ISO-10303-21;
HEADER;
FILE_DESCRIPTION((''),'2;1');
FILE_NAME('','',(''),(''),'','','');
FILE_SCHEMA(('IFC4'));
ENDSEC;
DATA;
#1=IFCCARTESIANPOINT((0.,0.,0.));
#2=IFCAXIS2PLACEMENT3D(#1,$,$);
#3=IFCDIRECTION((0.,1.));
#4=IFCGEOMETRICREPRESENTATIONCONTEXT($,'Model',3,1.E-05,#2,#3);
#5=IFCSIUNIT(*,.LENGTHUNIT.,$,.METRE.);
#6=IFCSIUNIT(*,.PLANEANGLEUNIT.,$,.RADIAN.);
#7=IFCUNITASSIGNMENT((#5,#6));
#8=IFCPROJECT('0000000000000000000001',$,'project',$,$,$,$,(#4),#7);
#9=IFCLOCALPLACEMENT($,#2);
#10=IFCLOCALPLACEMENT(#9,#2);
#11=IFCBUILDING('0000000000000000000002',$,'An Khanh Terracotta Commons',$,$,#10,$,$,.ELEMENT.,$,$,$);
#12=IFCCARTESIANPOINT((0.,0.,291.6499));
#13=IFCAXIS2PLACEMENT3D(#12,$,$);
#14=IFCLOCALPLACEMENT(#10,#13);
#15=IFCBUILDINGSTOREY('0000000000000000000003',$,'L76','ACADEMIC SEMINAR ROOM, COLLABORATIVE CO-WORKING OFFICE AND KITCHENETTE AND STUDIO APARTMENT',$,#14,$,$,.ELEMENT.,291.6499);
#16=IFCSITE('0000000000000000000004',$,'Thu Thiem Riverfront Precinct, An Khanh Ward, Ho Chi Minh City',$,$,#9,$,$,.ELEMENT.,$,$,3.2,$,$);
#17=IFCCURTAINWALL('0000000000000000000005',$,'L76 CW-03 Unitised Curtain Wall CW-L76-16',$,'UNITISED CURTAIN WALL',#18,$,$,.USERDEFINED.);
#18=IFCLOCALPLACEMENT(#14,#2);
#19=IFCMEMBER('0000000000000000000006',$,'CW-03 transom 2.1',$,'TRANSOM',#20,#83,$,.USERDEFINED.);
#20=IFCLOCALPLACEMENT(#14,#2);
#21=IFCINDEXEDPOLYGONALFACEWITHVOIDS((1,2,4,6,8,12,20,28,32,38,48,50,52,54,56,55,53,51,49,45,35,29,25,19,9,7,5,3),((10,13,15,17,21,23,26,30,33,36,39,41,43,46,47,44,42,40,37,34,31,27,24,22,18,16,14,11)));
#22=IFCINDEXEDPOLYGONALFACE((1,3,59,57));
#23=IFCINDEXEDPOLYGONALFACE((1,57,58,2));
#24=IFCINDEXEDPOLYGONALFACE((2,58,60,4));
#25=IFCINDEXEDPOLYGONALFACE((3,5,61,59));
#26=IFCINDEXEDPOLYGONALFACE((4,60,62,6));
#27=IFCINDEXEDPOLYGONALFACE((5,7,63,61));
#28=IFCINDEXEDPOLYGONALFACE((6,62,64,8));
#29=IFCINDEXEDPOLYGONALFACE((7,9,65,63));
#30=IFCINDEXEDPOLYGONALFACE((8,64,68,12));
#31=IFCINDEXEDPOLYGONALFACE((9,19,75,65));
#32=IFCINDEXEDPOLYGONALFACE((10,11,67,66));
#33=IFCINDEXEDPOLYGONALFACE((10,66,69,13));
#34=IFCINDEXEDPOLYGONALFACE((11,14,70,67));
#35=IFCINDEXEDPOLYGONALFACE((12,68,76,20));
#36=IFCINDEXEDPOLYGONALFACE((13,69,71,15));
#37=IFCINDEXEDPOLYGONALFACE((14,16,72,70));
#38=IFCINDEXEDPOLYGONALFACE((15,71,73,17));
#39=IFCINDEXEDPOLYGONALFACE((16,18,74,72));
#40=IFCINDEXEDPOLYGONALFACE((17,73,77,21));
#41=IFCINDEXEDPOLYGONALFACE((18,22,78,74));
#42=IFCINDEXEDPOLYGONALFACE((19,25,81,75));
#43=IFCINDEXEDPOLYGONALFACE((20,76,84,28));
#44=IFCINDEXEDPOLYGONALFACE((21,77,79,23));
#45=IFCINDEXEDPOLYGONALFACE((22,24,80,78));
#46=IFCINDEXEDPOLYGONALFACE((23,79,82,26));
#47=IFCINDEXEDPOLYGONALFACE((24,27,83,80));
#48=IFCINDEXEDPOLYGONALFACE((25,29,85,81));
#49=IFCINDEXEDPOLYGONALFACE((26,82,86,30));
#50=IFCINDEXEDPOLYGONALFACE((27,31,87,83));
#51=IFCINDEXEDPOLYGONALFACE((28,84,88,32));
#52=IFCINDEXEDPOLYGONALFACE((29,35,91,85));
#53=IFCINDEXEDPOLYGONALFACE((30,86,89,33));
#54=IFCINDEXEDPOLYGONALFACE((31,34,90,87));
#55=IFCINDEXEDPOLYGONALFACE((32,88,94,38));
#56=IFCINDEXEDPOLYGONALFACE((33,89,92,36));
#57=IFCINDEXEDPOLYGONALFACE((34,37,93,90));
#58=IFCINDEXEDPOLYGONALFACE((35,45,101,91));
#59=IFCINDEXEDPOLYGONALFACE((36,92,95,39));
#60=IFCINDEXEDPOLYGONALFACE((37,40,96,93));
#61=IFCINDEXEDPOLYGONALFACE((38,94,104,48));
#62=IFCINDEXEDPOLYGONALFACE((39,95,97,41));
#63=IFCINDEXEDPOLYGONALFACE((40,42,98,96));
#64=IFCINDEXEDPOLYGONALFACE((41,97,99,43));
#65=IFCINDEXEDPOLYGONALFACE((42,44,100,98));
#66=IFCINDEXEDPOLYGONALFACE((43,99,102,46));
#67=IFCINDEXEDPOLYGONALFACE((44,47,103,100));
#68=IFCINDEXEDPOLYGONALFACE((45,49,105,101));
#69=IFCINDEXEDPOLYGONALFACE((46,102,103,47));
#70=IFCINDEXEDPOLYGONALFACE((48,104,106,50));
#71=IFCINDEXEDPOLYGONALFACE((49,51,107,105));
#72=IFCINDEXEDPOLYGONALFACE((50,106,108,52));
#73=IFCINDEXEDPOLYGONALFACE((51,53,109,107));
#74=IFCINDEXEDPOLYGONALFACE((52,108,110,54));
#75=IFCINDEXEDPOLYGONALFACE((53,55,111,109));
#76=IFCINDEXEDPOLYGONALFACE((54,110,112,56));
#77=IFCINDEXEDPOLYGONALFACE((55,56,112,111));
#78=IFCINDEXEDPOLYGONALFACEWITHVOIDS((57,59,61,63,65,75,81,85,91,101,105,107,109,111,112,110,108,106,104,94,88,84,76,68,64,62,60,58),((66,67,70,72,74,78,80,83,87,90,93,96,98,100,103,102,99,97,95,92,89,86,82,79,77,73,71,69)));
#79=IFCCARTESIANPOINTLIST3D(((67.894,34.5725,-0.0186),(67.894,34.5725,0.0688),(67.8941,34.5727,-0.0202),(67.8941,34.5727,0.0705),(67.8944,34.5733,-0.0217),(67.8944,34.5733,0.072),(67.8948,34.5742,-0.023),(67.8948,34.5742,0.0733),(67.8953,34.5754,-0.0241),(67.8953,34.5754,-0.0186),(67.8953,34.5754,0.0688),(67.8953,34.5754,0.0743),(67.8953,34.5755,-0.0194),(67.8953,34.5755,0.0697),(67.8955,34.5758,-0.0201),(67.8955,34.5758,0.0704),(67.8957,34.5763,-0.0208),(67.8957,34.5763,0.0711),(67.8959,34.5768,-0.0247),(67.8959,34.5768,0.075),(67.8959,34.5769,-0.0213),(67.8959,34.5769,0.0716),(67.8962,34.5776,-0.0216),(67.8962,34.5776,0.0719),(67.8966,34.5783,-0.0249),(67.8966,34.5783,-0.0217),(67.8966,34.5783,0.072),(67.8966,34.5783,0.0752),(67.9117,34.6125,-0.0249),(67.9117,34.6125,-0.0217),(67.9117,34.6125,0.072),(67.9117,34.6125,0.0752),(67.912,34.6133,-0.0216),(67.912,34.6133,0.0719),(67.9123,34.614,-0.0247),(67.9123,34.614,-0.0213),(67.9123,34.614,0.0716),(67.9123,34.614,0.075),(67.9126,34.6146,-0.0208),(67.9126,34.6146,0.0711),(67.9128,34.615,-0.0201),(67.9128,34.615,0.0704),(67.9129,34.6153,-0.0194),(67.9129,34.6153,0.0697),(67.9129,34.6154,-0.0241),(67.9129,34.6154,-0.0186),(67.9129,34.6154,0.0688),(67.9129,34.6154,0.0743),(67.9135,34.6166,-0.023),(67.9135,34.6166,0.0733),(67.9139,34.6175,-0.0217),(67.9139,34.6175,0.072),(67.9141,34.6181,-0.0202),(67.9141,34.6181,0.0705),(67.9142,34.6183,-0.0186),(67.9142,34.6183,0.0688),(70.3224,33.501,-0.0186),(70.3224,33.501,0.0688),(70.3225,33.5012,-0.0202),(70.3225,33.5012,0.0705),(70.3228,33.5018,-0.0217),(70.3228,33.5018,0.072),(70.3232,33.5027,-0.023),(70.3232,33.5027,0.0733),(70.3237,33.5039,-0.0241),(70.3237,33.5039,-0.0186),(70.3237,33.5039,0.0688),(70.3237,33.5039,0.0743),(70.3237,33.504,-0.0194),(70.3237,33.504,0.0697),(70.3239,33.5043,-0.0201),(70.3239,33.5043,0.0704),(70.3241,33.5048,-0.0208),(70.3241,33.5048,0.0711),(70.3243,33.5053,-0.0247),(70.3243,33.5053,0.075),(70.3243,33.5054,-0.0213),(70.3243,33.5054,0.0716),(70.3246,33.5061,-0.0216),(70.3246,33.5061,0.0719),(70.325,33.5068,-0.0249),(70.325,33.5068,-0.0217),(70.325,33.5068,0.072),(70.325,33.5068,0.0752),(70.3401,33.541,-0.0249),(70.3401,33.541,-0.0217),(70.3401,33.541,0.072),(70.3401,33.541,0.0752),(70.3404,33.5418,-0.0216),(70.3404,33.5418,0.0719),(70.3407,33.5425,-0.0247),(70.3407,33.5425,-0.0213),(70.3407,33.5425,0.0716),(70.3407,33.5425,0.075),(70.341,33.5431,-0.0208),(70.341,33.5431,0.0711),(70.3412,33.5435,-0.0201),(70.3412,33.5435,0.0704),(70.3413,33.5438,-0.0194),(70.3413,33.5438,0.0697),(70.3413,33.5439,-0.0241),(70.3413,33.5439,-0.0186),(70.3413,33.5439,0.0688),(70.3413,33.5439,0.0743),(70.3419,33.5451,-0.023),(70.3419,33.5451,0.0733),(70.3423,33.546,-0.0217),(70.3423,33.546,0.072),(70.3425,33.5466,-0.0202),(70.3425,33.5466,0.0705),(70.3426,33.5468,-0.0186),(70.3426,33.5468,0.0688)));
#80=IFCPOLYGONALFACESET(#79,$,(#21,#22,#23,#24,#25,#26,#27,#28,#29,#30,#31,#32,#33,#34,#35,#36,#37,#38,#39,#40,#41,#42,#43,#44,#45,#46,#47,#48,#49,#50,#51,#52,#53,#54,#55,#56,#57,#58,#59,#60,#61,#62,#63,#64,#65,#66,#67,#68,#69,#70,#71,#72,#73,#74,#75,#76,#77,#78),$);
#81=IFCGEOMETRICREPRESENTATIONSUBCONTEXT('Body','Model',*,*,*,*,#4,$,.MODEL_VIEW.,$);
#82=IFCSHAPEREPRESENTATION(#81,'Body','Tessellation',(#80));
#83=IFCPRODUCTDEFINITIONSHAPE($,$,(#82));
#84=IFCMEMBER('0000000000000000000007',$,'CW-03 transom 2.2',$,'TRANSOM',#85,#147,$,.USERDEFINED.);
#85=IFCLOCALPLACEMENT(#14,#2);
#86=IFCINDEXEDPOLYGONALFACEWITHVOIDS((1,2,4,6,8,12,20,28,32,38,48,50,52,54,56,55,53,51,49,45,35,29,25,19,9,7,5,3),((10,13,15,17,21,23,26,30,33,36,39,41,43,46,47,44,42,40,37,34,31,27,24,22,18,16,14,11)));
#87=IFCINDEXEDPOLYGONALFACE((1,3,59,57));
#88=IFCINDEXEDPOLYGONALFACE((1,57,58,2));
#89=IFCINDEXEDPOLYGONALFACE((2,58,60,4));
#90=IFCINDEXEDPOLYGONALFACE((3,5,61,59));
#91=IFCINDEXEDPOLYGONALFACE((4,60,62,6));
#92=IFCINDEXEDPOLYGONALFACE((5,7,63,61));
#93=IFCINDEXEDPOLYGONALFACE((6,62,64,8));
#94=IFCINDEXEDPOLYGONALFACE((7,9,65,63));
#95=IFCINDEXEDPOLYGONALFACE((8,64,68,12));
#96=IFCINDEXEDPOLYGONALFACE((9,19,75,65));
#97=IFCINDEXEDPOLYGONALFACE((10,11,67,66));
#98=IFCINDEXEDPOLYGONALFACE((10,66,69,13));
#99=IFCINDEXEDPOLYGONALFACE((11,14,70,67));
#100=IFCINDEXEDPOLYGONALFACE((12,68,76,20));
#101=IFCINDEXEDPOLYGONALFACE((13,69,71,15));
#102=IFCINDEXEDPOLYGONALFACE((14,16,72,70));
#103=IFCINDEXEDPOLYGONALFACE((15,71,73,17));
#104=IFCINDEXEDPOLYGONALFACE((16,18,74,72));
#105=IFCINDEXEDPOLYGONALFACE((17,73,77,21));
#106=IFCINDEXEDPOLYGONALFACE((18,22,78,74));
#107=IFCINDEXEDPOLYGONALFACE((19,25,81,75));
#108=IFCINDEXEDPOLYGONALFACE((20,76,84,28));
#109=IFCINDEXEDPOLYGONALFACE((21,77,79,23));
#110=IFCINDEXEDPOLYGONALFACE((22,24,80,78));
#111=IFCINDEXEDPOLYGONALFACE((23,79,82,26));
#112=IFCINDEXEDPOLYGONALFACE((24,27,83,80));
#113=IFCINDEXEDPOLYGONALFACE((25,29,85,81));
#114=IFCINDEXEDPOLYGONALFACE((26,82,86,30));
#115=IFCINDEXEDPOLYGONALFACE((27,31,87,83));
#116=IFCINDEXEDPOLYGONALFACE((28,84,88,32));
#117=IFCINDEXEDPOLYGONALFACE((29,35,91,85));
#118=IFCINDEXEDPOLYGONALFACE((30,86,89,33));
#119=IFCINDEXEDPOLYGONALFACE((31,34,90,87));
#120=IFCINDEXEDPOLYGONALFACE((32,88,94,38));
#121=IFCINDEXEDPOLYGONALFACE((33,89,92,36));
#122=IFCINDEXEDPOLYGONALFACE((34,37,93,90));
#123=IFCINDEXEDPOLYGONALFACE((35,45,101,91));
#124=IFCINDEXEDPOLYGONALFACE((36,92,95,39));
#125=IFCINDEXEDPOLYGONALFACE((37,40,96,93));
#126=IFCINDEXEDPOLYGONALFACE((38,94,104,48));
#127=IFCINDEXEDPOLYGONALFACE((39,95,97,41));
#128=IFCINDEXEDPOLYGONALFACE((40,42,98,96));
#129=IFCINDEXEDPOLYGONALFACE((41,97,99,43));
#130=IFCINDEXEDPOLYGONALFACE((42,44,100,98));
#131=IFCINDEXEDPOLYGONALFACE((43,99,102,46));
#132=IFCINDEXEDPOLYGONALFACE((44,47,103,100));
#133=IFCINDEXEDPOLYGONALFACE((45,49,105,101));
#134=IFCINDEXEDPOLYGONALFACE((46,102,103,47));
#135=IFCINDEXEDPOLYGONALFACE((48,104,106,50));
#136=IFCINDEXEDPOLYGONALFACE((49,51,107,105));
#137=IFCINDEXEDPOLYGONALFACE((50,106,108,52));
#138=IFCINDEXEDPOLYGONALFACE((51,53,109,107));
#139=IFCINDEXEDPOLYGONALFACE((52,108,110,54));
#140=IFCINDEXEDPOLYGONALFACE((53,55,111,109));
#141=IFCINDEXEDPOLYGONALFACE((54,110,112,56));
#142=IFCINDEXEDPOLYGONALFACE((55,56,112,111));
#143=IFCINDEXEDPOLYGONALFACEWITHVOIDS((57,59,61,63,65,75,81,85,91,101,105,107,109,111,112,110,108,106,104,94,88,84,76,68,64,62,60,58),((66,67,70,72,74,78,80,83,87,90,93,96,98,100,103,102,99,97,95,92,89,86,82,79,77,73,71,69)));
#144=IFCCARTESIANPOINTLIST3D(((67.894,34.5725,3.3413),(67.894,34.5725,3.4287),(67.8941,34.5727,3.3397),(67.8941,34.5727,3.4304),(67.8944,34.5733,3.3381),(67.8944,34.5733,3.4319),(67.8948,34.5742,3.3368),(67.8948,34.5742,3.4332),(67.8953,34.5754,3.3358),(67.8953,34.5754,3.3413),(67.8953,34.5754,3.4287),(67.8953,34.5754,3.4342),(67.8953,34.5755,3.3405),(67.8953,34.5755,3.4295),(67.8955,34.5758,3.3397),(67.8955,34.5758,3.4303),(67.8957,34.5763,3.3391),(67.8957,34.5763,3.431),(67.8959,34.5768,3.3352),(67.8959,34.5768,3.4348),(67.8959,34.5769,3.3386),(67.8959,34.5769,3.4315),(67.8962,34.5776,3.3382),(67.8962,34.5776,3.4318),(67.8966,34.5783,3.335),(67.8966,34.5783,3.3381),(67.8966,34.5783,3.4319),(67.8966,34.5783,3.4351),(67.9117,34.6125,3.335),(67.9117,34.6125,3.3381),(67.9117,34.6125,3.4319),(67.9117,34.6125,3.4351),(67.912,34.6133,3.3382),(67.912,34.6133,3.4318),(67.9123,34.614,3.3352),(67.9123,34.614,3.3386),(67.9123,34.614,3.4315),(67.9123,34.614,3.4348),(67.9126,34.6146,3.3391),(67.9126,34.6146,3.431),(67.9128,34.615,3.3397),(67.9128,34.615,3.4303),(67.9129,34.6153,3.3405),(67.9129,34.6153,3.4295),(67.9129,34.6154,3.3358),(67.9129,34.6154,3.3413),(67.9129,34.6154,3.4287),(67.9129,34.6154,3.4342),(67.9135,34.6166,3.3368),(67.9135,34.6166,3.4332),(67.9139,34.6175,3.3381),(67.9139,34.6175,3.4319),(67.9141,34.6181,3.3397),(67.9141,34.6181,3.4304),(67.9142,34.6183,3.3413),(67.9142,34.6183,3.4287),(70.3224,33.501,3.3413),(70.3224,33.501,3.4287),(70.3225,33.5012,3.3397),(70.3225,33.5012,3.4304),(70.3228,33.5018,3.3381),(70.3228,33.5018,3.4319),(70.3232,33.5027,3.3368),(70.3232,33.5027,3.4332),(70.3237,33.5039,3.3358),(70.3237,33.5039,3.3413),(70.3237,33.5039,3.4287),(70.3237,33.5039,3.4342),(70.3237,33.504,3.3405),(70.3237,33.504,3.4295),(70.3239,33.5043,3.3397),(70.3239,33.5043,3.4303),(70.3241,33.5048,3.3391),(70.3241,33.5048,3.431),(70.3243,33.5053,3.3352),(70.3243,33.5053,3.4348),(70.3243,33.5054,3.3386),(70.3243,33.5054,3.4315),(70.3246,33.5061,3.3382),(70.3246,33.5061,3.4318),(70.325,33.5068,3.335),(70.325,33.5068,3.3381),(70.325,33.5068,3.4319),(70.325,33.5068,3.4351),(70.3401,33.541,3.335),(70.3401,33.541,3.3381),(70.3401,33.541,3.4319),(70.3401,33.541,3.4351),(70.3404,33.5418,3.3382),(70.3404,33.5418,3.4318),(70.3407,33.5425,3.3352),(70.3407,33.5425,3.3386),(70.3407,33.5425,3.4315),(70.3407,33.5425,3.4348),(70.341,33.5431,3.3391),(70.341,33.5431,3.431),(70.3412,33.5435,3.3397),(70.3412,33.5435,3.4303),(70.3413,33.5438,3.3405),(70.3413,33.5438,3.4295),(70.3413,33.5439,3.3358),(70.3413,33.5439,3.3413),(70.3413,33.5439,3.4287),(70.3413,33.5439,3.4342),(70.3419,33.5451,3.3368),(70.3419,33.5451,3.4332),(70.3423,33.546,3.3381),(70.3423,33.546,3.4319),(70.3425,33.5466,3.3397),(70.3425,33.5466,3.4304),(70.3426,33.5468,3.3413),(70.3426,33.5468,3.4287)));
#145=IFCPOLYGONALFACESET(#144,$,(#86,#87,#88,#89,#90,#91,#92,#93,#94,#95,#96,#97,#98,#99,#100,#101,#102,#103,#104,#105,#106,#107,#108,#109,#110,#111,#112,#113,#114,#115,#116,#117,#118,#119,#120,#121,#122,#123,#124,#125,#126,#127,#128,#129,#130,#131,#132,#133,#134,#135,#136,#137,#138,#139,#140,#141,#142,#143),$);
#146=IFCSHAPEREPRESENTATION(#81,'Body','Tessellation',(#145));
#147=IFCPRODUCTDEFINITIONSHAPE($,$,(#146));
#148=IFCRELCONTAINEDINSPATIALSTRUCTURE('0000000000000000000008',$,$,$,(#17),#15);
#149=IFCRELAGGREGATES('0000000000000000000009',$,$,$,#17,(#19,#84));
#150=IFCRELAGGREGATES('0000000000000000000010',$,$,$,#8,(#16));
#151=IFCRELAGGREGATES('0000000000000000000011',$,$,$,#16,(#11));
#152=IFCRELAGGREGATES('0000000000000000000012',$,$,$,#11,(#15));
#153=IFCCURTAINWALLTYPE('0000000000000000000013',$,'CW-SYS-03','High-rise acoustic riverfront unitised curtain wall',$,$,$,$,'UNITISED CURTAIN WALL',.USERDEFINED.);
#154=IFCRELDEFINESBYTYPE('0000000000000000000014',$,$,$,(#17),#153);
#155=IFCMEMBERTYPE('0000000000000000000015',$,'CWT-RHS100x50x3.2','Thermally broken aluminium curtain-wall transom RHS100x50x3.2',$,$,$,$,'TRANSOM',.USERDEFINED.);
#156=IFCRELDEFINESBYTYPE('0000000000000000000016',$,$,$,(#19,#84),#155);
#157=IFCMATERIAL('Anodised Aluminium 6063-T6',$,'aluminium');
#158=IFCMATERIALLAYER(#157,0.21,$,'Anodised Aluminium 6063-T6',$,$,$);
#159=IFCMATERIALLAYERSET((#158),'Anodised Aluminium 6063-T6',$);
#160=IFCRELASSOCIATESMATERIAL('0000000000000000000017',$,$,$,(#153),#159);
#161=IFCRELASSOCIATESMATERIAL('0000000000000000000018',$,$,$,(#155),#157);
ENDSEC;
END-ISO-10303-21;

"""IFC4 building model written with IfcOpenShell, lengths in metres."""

from ifc_helpers import new_model, si_unit, direction, frame, origin, origin_2d, place, context, subcontext, project, spatial, hollow_rectangle, extrude, material, layer, layer_set, material_profile, profile_set, type_object, element, aggregate, save


model = new_model("IFC4")

# Units and contexts
model_context = context("Model", 3, precision=1e-05, world=origin(), true_north=direction((0.0, 1.0)))
body_context = subcontext(model_context, "Body", "Model", "MODEL_VIEW")
ifc_project = project(units=[si_unit("LENGTHUNIT", "METRE"), si_unit("PLANEANGLEUNIT", "RADIAN")], contexts=[model_context])

# Site, building, storey
site_placement = place(None, origin())
site = spatial("IfcSite", under=ifc_project, at=site_placement, Name="Thu Thiem Riverfront Precinct, An Khanh Ward, Ho Chi Minh City", CompositionType="ELEMENT", RefElevation=3.2)
building_placement = place(site_placement, origin())
building = spatial("IfcBuilding", under=site, at=building_placement, Name="An Khanh Terracotta Commons", CompositionType="ELEMENT")
storey_placement = place(building_placement, frame((0.0, 0.0, 291.6499)))
storey = spatial("IfcBuildingStorey", under=building, at=storey_placement, Name="L76", Description="ACADEMIC SEMINAR ROOM, COLLABORATIVE CO-WORKING OFFICE AND KITCHENETTE AND STUDIO APARTMENT", CompositionType="ELEMENT", Elevation=291.6499)

# Shared definitions
ifc_material_1 = material(Name="Anodised Aluminium 6063-T6", Category="aluminium")
ifc_layer_1 = layer(ifc_material_1, 0.21, Name="Anodised Aluminium 6063-T6")
ifc_layer_set_1 = layer_set([ifc_layer_1], Name="Anodised Aluminium 6063-T6")
curtain_wall_type = type_object("IfcCurtainWallType", Name="CW-SYS-03", Description="High-rise acoustic riverfront unitised curtain wall", ElementType="UNITISED CURTAIN WALL", PredefinedType="USERDEFINED", material=ifc_layer_set_1)

# Curtain wall, members
curtain_wall_1_placement = place(storey_placement, origin())
curtain_wall_1 = element("IfcCurtainWall", 1, at=curtain_wall_1_placement, inside=storey, type_object=curtain_wall_type, Name="L76 CW-03 Unitised Curtain Wall CW-L76-16", ObjectType="UNITISED CURTAIN WALL", PredefinedType="USERDEFINED")
ifc_material_profile_1 = material_profile(ifc_material_1, hollow_rectangle(XDim=0.05, YDim=0.1001, WallThickness=0.0032, InnerFilletRadius=0.0032, OuterFilletRadius=0.0063, at=origin_2d()), Name="RHS100x50x3.2")
ifc_profile_set_1 = profile_set([ifc_material_profile_1], Name="Anodised Aluminium 6063-T6")
member_type_1 = type_object("IfcMemberType", Name="CWT-RHS100x50x3.2", Description="Thermally broken aluminium curtain-wall transom RHS100x50x3.2", ElementType="TRANSOM", PredefinedType="USERDEFINED", material=ifc_profile_set_1)
member_1_placement = place(storey_placement, frame((70.3325, 33.5239, 0.0251), z_axis=(-0.914897, 0.403688, 0.0), x_axis=(-0.403688, -0.914897, 0.0)))
member_1 = element("IfcMember", 2, at=member_1_placement, type_object=member_type_1, Name="CW-03 transom 2.1", ObjectType="TRANSOM", PredefinedType="USERDEFINED", context=body_context, shape_type="SweptSolid", body=[
    extrude(hollow_rectangle(XDim=0.05, YDim=0.1001, WallThickness=0.0032, InnerFilletRadius=0.0032, OuterFilletRadius=0.0063, at=origin_2d()), origin(), (0.0, 0.0, 1.0), 2.6543),
])
member_2_placement = place(storey_placement, frame((70.3325, 33.5239, 3.385), z_axis=(-0.914897, 0.403688, 0.0), x_axis=(-0.403688, -0.914897, 0.0)))
member_2 = element("IfcMember", 3, at=member_2_placement, type_object=member_type_1, Name="CW-03 transom 2.2", ObjectType="TRANSOM", PredefinedType="USERDEFINED", context=body_context, shape_type="SweptSolid", body=[
    extrude(hollow_rectangle(XDim=0.05, YDim=0.1001, WallThickness=0.0032, InnerFilletRadius=0.0032, OuterFilletRadius=0.0063, at=origin_2d()), origin(), (0.0, 0.0, 1.0), 2.6543),
])

aggregate(curtain_wall_1, [member_1, member_2])

save(model, "model.ifc")
